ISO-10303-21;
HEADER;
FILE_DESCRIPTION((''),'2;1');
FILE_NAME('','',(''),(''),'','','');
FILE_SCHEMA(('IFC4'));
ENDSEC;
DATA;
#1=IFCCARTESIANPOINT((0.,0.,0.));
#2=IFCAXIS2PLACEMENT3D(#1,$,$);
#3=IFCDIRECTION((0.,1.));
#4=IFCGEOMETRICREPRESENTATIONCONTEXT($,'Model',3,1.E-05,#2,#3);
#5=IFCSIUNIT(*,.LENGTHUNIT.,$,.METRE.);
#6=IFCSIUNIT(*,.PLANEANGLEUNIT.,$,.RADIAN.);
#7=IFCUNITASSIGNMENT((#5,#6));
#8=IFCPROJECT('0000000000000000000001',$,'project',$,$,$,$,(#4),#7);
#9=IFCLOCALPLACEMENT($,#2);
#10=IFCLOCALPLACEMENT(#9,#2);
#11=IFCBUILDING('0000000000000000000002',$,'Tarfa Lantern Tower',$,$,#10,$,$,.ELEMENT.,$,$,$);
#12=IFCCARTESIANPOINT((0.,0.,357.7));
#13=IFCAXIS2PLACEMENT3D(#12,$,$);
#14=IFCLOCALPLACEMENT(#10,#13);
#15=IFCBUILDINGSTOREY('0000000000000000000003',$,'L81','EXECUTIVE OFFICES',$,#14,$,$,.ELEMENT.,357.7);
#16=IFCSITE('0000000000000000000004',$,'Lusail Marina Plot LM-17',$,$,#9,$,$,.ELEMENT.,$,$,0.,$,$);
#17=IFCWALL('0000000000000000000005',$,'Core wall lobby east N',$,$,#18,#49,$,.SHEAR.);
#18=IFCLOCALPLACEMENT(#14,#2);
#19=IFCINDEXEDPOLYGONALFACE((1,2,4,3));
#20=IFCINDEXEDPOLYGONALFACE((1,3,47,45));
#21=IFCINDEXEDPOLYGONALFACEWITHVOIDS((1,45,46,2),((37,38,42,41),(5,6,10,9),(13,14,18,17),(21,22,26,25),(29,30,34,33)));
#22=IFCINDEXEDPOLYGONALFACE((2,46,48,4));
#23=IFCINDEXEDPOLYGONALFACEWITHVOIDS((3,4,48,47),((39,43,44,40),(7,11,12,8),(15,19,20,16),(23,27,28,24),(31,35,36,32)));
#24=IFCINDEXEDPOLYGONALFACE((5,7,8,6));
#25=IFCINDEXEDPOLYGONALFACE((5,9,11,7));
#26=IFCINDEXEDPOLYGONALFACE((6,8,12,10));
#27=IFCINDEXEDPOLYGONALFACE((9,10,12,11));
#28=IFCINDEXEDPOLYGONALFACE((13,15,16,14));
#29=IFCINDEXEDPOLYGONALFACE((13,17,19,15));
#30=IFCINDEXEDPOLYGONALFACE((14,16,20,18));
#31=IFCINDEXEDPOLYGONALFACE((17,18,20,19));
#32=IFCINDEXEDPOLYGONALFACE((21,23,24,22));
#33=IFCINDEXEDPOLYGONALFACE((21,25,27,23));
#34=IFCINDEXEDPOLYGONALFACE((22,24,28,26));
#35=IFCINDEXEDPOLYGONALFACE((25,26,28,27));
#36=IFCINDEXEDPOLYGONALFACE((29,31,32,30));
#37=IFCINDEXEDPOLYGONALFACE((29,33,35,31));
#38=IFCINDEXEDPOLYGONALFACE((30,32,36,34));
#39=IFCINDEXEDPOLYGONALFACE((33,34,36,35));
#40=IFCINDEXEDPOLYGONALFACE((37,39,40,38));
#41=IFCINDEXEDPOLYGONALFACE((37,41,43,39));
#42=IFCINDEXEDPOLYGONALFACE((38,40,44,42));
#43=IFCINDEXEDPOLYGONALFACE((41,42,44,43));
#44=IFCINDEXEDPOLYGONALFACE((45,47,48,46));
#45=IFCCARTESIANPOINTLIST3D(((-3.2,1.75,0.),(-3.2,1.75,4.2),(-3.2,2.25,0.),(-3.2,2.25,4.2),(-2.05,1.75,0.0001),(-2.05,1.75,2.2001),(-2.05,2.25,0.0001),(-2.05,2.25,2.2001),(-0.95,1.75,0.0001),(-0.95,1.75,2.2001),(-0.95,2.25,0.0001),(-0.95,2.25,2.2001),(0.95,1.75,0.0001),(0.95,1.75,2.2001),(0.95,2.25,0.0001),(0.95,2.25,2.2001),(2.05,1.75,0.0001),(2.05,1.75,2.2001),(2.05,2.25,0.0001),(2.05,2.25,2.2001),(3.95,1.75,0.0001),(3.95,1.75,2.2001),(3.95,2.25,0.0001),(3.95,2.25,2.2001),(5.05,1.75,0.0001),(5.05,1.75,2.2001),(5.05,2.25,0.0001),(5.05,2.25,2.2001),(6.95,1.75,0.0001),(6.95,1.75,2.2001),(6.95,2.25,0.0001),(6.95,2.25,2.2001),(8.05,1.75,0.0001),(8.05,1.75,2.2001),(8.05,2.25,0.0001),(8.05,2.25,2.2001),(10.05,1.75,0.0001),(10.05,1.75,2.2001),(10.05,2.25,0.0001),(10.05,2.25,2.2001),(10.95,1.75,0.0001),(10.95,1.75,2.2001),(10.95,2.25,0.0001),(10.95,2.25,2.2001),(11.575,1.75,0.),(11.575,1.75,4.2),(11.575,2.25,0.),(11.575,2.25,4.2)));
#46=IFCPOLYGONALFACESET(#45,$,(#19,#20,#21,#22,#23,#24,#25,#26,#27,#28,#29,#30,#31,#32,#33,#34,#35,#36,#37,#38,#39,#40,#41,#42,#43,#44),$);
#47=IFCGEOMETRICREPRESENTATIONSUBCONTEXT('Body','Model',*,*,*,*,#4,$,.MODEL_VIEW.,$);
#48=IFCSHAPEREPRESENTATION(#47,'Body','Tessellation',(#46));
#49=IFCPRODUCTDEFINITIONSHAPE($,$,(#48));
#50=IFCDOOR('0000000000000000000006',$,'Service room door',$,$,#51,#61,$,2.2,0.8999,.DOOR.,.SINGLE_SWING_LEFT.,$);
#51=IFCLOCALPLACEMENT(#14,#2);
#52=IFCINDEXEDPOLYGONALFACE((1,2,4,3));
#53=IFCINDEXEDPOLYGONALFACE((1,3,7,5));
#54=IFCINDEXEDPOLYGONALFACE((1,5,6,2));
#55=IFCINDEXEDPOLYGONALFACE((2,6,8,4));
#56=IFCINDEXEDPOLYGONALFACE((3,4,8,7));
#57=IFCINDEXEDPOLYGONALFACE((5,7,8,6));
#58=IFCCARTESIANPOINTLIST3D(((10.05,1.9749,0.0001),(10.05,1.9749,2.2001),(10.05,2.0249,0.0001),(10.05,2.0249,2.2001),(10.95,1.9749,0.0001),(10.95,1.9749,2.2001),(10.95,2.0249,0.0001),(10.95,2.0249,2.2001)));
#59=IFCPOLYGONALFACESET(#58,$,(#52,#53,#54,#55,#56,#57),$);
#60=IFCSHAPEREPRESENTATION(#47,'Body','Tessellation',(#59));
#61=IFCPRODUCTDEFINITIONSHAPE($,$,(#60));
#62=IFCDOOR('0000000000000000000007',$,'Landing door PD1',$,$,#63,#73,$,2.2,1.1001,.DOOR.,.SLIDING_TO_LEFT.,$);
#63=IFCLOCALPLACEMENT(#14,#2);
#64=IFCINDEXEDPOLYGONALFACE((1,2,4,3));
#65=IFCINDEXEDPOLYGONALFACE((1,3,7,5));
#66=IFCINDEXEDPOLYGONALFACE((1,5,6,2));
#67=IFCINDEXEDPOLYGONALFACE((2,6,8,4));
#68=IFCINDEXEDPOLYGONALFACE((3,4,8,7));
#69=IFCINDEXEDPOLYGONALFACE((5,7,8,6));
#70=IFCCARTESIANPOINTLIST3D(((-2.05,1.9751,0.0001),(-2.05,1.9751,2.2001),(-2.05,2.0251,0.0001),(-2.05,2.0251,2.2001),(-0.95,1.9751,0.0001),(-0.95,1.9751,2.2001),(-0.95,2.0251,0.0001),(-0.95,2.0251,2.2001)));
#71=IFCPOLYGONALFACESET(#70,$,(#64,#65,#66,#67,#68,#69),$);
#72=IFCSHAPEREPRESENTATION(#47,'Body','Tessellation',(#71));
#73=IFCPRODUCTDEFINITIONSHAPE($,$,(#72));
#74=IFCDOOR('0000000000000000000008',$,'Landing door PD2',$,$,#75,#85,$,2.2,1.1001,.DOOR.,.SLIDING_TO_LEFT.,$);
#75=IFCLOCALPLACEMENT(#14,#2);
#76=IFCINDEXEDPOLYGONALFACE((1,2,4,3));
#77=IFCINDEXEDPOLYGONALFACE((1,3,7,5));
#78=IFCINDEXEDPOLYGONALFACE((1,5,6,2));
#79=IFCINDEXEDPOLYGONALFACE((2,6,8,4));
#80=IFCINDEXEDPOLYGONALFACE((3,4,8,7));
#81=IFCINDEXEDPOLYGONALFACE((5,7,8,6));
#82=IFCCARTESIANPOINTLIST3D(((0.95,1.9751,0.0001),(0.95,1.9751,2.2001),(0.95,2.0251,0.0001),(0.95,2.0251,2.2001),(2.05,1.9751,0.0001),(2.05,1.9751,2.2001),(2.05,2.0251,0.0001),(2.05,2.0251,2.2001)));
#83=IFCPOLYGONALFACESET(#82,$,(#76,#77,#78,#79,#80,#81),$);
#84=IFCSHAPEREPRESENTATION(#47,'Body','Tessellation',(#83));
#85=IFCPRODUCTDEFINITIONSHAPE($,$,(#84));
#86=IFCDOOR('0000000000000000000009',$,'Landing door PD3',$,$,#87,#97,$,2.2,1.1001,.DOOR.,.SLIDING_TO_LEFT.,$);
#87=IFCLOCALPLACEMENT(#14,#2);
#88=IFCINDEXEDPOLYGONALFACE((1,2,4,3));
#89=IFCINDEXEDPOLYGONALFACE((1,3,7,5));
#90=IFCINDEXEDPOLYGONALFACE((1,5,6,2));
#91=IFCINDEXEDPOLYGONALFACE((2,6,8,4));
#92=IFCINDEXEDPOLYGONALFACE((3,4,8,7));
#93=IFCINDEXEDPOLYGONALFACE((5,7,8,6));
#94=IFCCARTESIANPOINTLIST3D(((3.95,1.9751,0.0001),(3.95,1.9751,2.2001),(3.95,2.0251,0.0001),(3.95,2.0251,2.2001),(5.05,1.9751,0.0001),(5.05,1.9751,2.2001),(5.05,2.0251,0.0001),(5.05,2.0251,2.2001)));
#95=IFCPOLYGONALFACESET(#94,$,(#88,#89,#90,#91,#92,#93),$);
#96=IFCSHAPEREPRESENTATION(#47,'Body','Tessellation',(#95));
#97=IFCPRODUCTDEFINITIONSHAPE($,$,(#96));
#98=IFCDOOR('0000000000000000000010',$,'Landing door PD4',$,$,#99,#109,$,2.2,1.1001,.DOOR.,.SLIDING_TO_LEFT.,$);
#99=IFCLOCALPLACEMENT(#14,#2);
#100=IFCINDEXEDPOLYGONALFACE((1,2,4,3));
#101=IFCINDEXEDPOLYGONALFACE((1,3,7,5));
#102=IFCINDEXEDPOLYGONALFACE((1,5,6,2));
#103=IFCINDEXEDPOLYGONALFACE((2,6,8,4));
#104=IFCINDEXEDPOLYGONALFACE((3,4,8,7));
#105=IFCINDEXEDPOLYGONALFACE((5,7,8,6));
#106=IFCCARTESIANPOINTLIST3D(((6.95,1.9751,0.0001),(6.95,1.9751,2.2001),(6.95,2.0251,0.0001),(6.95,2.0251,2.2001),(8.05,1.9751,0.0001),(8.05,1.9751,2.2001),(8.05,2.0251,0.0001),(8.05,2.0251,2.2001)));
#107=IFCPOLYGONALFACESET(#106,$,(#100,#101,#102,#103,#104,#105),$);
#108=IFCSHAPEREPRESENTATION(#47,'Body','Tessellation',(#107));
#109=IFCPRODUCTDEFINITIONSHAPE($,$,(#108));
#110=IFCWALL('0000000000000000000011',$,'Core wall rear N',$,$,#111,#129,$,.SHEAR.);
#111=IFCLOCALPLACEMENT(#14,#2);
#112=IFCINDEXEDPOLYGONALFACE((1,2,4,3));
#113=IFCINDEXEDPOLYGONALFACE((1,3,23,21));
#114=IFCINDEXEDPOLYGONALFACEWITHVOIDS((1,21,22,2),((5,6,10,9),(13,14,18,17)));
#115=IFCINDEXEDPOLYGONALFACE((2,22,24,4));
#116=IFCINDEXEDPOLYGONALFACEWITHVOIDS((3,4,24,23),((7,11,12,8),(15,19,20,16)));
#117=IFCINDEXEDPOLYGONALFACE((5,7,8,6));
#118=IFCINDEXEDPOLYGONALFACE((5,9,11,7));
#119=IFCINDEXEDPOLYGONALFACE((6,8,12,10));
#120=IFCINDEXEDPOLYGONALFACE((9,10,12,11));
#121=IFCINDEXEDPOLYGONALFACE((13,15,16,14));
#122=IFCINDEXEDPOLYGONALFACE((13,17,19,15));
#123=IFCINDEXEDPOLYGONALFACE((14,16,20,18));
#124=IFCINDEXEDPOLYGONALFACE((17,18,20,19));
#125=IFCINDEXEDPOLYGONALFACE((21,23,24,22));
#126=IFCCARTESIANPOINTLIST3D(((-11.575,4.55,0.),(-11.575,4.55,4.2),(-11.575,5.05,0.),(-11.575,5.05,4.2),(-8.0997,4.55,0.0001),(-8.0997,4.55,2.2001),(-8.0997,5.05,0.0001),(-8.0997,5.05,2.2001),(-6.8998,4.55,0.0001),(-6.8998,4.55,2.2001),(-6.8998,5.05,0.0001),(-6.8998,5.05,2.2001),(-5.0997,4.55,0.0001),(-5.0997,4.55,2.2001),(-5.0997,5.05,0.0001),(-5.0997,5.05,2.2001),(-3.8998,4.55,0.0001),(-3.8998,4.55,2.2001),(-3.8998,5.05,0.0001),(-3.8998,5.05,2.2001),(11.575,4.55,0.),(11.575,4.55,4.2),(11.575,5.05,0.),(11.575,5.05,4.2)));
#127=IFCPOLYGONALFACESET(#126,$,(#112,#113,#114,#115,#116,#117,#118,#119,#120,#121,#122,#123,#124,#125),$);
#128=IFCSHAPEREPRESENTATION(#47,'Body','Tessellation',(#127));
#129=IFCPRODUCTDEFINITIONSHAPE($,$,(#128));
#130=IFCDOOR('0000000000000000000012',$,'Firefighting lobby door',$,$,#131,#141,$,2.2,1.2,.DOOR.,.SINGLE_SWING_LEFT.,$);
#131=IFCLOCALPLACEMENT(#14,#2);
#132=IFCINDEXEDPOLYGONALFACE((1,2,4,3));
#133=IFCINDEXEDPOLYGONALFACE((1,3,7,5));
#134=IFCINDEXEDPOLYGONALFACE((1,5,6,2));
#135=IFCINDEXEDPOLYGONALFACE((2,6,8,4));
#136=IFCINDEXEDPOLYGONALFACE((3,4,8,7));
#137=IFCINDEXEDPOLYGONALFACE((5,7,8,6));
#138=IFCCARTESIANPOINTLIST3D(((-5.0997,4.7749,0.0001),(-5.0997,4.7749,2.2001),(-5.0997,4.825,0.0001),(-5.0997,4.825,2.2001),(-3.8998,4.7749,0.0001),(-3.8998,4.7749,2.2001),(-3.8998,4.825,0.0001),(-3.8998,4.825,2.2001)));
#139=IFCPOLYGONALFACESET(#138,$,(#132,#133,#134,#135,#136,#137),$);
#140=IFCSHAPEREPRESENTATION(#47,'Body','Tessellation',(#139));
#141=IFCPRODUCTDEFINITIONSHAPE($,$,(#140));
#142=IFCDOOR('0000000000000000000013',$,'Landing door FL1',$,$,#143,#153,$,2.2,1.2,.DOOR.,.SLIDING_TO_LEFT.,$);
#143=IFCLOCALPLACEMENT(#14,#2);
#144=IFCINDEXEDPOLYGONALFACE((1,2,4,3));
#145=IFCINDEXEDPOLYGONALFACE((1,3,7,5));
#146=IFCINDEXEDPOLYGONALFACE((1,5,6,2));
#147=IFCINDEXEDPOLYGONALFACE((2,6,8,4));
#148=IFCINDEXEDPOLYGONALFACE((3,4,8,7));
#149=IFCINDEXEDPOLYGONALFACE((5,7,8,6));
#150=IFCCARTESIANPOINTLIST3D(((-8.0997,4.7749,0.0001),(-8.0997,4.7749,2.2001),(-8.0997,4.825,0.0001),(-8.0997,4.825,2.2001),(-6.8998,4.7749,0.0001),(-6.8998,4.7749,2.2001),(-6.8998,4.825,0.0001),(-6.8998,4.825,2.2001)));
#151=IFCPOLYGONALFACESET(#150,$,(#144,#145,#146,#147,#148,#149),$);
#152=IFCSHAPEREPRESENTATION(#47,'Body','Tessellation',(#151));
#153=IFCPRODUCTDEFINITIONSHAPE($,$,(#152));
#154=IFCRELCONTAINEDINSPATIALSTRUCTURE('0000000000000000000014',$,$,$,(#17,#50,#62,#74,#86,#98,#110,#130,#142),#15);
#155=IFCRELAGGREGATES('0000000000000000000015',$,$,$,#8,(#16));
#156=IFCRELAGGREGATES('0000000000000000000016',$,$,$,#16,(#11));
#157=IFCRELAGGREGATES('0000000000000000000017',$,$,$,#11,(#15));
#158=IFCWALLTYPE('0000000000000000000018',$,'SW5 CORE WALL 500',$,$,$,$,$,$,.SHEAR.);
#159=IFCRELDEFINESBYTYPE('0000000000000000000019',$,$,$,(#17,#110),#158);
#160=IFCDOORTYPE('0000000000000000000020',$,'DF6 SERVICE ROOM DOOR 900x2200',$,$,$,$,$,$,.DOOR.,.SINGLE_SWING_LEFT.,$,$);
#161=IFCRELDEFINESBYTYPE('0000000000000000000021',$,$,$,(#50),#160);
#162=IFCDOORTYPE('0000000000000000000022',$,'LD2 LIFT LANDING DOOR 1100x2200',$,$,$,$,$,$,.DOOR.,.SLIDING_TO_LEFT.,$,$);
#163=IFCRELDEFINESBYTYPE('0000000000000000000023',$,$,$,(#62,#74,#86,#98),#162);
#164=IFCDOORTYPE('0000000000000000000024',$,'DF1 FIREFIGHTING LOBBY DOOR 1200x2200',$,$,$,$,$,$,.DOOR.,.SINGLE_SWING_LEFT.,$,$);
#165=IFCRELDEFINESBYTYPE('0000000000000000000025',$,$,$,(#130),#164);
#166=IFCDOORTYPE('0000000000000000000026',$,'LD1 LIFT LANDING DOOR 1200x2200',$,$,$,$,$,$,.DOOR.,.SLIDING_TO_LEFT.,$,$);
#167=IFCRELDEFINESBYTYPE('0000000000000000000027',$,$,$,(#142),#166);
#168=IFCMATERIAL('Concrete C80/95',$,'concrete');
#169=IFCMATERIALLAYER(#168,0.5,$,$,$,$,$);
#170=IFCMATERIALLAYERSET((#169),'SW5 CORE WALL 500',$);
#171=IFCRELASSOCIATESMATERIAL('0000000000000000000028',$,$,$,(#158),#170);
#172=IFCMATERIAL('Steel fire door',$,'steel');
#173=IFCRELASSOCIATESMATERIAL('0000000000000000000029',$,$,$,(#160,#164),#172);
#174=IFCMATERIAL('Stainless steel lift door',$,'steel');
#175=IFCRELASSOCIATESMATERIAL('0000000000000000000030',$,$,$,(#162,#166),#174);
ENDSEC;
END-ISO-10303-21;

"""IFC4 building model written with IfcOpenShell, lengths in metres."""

from ifc_helpers import new_model, si_unit, direction, frame, frame_2d, origin, place, context, subcontext, project, spatial, rectangle, extrude, material, layer, layer_set, type_object, element, fill, save


model = new_model("IFC4")

# Units and contexts
model_context = context("Model", 3, precision=1e-05, world=origin(), true_north=direction((0.0, 1.0)))
body_context = subcontext(model_context, "Body", "Model", "MODEL_VIEW")
ifc_project = project(units=[si_unit("LENGTHUNIT", "METRE"), si_unit("PLANEANGLEUNIT", "RADIAN")], contexts=[model_context])

# Site, building, storey
site_placement = place(None, origin())
site = spatial("IfcSite", under=ifc_project, at=site_placement, Name="Lusail Marina Plot LM-17", CompositionType="ELEMENT", RefElevation=0.0)
building_placement = place(site_placement, origin())
building = spatial("IfcBuilding", under=site, at=building_placement, Name="Tarfa Lantern Tower", CompositionType="ELEMENT")
storey_placement = place(building_placement, frame((0.0, 0.0, 357.7)))
storey = spatial("IfcBuildingStorey", under=building, at=storey_placement, Name="L81", Description="EXECUTIVE OFFICES", CompositionType="ELEMENT", Elevation=357.7)

# Shared definitions
ifc_material_1 = material(Name="Concrete C80/95", Category="concrete")

# Shared definitions
ifc_material_2 = material(Name="Steel fire door", Category="steel")
ifc_layer_1 = layer(ifc_material_1, 0.5)
ifc_layer_set_1 = layer_set([ifc_layer_1], Name="SW5 CORE WALL 500")
wall_type_1 = type_object("IfcWallType", Name="SW5 CORE WALL 500", PredefinedType="SHEAR", material=ifc_layer_set_1)
door_type_1 = type_object("IfcDoorType", Name="DF6 SERVICE ROOM DOOR 900x2200", OperationType="SINGLE_SWING_LEFT", PredefinedType="DOOR", material=ifc_material_2)

# Walls, openings, doors
wall_1_placement = place(storey_placement, frame((-3.2, 2.0, 0.0), z_axis=(0.0, 0.0, 1.0), x_axis=(1.0, 0.0, 0.0)))
wall_1 = element("IfcWall", 1, at=wall_1_placement, inside=storey, type_object=wall_type_1, Name="Core wall lobby east N", PredefinedType="SHEAR", context=body_context, shape_type="SweptSolid", body=[
    extrude(rectangle(XDim=14.7749, YDim=0.5, at=frame_2d((7.3875, 0.0))), origin(), (0.0, 0.0, 1.0), 4.2),
])
opening_1_placement = place(wall_1_placement, frame((13.25, 0.0, 0.0)))
opening_1 = element("IfcOpeningElement", 2, at=opening_1_placement, cuts=wall_1, PredefinedType="OPENING", context=body_context, shape_type="SweptSolid", body=[
    extrude(rectangle(XDim=0.8999, YDim=2.2, at=frame_2d((0.45, 1.1001))), frame((0.0, 0.26, 0.0), z_axis=(0.0, -1.0, 0.0), x_axis=(1.0, 0.0, 0.0)), (0.0, 0.0, 1.0), 0.52),
])
opening_2_placement = place(wall_1_placement, frame((1.1499, 0.0, 0.0)))
opening_2 = element("IfcOpeningElement", 3, at=opening_2_placement, cuts=wall_1, PredefinedType="OPENING", context=body_context, shape_type="SweptSolid", body=[
    extrude(rectangle(XDim=1.1001, YDim=2.2, at=frame_2d((0.55, 1.1001))), frame((0.0, 0.26, 0.0), z_axis=(0.0, -1.0, 0.0), x_axis=(1.0, 0.0, 0.0)), (0.0, 0.0, 1.0), 0.52),
])
opening_3_placement = place(wall_1_placement, frame((4.1499, 0.0, 0.0)))
opening_3 = element("IfcOpeningElement", 4, at=opening_3_placement, cuts=wall_1, PredefinedType="OPENING", context=body_context, shape_type="SweptSolid", body=[
    extrude(rectangle(XDim=1.1001, YDim=2.2, at=frame_2d((0.55, 1.1001))), frame((0.0, 0.26, 0.0), z_axis=(0.0, -1.0, 0.0), x_axis=(1.0, 0.0, 0.0)), (0.0, 0.0, 1.0), 0.52),
])
opening_4_placement = place(wall_1_placement, frame((7.1499, 0.0, 0.0)))
opening_4 = element("IfcOpeningElement", 5, at=opening_4_placement, cuts=wall_1, PredefinedType="OPENING", context=body_context, shape_type="SweptSolid", body=[
    extrude(rectangle(XDim=1.1001, YDim=2.2, at=frame_2d((0.55, 1.1001))), frame((0.0, 0.26, 0.0), z_axis=(0.0, -1.0, 0.0), x_axis=(1.0, 0.0, 0.0)), (0.0, 0.0, 1.0), 0.52),
])
opening_5_placement = place(wall_1_placement, frame((10.1499, 0.0, 0.0)))
opening_5 = element("IfcOpeningElement", 6, at=opening_5_placement, cuts=wall_1, PredefinedType="OPENING", context=body_context, shape_type="SweptSolid", body=[
    extrude(rectangle(XDim=1.1001, YDim=2.2, at=frame_2d((0.55, 1.1001))), frame((0.0, 0.26, 0.0), z_axis=(0.0, -1.0, 0.0), x_axis=(1.0, 0.0, 0.0)), (0.0, 0.0, 1.0), 0.52),
])
door_1_placement = place(opening_1_placement, origin())
door_1 = element("IfcDoor", 7, at=door_1_placement, inside=storey, type_object=door_type_1, Name="Service room door", OperationType="SINGLE_SWING_LEFT", OverallHeight=2.2, OverallWidth=0.8999, PredefinedType="DOOR", context=body_context, shape_type="SweptSolid", body=[
    extrude(rectangle(XDim=0.8999, YDim=2.2, at=frame_2d((0.45, 1.1001))), frame((0.0, 0.0249, 0.0), z_axis=(0.0, -1.0, 0.0), x_axis=(1.0, 0.0, 0.0)), (0.0, 0.0, 1.0), 0.05),
])
fill(opening_1, door_1)
ifc_material_3 = material(Name="Stainless steel lift door", Category="steel")
door_type_2 = type_object("IfcDoorType", Name="LD2 LIFT LANDING DOOR 1100x2200", OperationType="SLIDING_TO_LEFT", PredefinedType="DOOR", material=ifc_material_3)
door_2_placement = place(opening_2_placement, frame((1.1001, 0.0, 0.0), z_axis=(0.0, 0.0, 1.0), x_axis=(-1.0, 0.0, 0.0)))
door_2 = element("IfcDoor", 8, at=door_2_placement, inside=storey, type_object=door_type_2, Name="Landing door PD1", OperationType="SLIDING_TO_LEFT", OverallHeight=2.2, OverallWidth=1.1001, PredefinedType="DOOR", context=body_context, shape_type="SweptSolid", body=[
    extrude(rectangle(XDim=1.1001, YDim=2.2, at=frame_2d((0.55, 1.1001))), frame((0.0, 0.0249, 0.0), z_axis=(0.0, -1.0, 0.0), x_axis=(1.0, 0.0, 0.0)), (0.0, 0.0, 1.0), 0.05),
])
fill(opening_2, door_2)
door_3_placement = place(opening_3_placement, frame((1.1001, 0.0, 0.0), z_axis=(0.0, 0.0, 1.0), x_axis=(-1.0, 0.0, 0.0)))
door_3 = element("IfcDoor", 9, at=door_3_placement, inside=storey, type_object=door_type_2, Name="Landing door PD2", OperationType="SLIDING_TO_LEFT", OverallHeight=2.2, OverallWidth=1.1001, PredefinedType="DOOR", context=body_context, shape_type="SweptSolid", body=[
    extrude(rectangle(XDim=1.1001, YDim=2.2, at=frame_2d((0.55, 1.1001))), frame((0.0, 0.0249, 0.0), z_axis=(0.0, -1.0, 0.0), x_axis=(1.0, 0.0, 0.0)), (0.0, 0.0, 1.0), 0.05),
])
fill(opening_3, door_3)
door_4_placement = place(opening_4_placement, frame((1.1001, 0.0, 0.0), z_axis=(0.0, 0.0, 1.0), x_axis=(-1.0, 0.0, 0.0)))
door_4 = element("IfcDoor", 10, at=door_4_placement, inside=storey, type_object=door_type_2, Name="Landing door PD3", OperationType="SLIDING_TO_LEFT", OverallHeight=2.2, OverallWidth=1.1001, PredefinedType="DOOR", context=body_context, shape_type="SweptSolid", body=[
    extrude(rectangle(XDim=1.1001, YDim=2.2, at=frame_2d((0.55, 1.1001))), frame((0.0, 0.0249, 0.0), z_axis=(0.0, -1.0, 0.0), x_axis=(1.0, 0.0, 0.0)), (0.0, 0.0, 1.0), 0.05),
])
fill(opening_4, door_4)
door_5_placement = place(opening_5_placement, frame((1.1001, 0.0, 0.0), z_axis=(0.0, 0.0, 1.0), x_axis=(-1.0, 0.0, 0.0)))
door_5 = element("IfcDoor", 11, at=door_5_placement, inside=storey, type_object=door_type_2, Name="Landing door PD4", OperationType="SLIDING_TO_LEFT", OverallHeight=2.2, OverallWidth=1.1001, PredefinedType="DOOR", context=body_context, shape_type="SweptSolid", body=[
    extrude(rectangle(XDim=1.1001, YDim=2.2, at=frame_2d((0.55, 1.1001))), frame((0.0, 0.0249, 0.0), z_axis=(0.0, -1.0, 0.0), x_axis=(1.0, 0.0, 0.0)), (0.0, 0.0, 1.0), 0.05),
])
fill(opening_5, door_5)
wall_2_placement = place(storey_placement, frame((-11.575, 4.8, 0.0), z_axis=(0.0, 0.0, 1.0), x_axis=(1.0, 0.0, 0.0)))
wall_2 = element("IfcWall", 12, at=wall_2_placement, inside=storey, type_object=wall_type_1, Name="Core wall rear N", PredefinedType="SHEAR", context=body_context, shape_type="SweptSolid", body=[
    extrude(rectangle(XDim=23.1499, YDim=0.5, at=frame_2d((11.575, 0.0))), origin(), (0.0, 0.0, 1.0), 4.2),
])
opening_6_placement = place(wall_2_placement, frame((6.4751, 0.0, 0.0)))
opening_6 = element("IfcOpeningElement", 13, at=opening_6_placement, cuts=wall_2, PredefinedType="OPENING", context=body_context, shape_type="SweptSolid", body=[
    extrude(rectangle(XDim=1.2, YDim=2.2, at=frame_2d((0.6001, 1.1001))), frame((0.0, 0.26, 0.0), z_axis=(0.0, -1.0, 0.0), x_axis=(1.0, 0.0, 0.0)), (0.0, 0.0, 1.0), 0.52),
])
opening_7_placement = place(wall_2_placement, frame((3.4751, 0.0, 0.0)))
opening_7 = element("IfcOpeningElement", 14, at=opening_7_placement, cuts=wall_2, PredefinedType="OPENING", context=body_context, shape_type="SweptSolid", body=[
    extrude(rectangle(XDim=1.2, YDim=2.2, at=frame_2d((0.6001, 1.1001))), frame((0.0, 0.26, 0.0), z_axis=(0.0, -1.0, 0.0), x_axis=(1.0, 0.0, 0.0)), (0.0, 0.0, 1.0), 0.52),
])
door_type_3 = type_object("IfcDoorType", Name="DF1 FIREFIGHTING LOBBY DOOR 1200x2200", OperationType="SINGLE_SWING_LEFT", PredefinedType="DOOR", material=ifc_material_2)
door_6_placement = place(opening_6_placement, origin())
door_6 = element("IfcDoor", 15, at=door_6_placement, inside=storey, type_object=door_type_3, Name="Firefighting lobby door", OperationType="SINGLE_SWING_LEFT", OverallHeight=2.2, OverallWidth=1.2, PredefinedType="DOOR", context=body_context, shape_type="SweptSolid", body=[
    extrude(rectangle(XDim=1.2, YDim=2.2, at=frame_2d((0.6001, 1.1001))), frame((0.0, 0.0249, 0.0), z_axis=(0.0, -1.0, 0.0), x_axis=(1.0, 0.0, 0.0)), (0.0, 0.0, 1.0), 0.05),
])
fill(opening_6, door_6)
door_type_4 = type_object("IfcDoorType", Name="LD1 LIFT LANDING DOOR 1200x2200", OperationType="SLIDING_TO_LEFT", PredefinedType="DOOR", material=ifc_material_3)
door_7_placement = place(opening_7_placement, origin())
door_7 = element("IfcDoor", 16, at=door_7_placement, inside=storey, type_object=door_type_4, Name="Landing door FL1", OperationType="SLIDING_TO_LEFT", OverallHeight=2.2, OverallWidth=1.2, PredefinedType="DOOR", context=body_context, shape_type="SweptSolid", body=[
    extrude(rectangle(XDim=1.2, YDim=2.2, at=frame_2d((0.6001, 1.1001))), frame((0.0, 0.0249, 0.0), z_axis=(0.0, -1.0, 0.0), x_axis=(1.0, 0.0, 0.0)), (0.0, 0.0, 1.0), 0.05),
])
fill(opening_7, door_7)

save(model, "model.ifc")
